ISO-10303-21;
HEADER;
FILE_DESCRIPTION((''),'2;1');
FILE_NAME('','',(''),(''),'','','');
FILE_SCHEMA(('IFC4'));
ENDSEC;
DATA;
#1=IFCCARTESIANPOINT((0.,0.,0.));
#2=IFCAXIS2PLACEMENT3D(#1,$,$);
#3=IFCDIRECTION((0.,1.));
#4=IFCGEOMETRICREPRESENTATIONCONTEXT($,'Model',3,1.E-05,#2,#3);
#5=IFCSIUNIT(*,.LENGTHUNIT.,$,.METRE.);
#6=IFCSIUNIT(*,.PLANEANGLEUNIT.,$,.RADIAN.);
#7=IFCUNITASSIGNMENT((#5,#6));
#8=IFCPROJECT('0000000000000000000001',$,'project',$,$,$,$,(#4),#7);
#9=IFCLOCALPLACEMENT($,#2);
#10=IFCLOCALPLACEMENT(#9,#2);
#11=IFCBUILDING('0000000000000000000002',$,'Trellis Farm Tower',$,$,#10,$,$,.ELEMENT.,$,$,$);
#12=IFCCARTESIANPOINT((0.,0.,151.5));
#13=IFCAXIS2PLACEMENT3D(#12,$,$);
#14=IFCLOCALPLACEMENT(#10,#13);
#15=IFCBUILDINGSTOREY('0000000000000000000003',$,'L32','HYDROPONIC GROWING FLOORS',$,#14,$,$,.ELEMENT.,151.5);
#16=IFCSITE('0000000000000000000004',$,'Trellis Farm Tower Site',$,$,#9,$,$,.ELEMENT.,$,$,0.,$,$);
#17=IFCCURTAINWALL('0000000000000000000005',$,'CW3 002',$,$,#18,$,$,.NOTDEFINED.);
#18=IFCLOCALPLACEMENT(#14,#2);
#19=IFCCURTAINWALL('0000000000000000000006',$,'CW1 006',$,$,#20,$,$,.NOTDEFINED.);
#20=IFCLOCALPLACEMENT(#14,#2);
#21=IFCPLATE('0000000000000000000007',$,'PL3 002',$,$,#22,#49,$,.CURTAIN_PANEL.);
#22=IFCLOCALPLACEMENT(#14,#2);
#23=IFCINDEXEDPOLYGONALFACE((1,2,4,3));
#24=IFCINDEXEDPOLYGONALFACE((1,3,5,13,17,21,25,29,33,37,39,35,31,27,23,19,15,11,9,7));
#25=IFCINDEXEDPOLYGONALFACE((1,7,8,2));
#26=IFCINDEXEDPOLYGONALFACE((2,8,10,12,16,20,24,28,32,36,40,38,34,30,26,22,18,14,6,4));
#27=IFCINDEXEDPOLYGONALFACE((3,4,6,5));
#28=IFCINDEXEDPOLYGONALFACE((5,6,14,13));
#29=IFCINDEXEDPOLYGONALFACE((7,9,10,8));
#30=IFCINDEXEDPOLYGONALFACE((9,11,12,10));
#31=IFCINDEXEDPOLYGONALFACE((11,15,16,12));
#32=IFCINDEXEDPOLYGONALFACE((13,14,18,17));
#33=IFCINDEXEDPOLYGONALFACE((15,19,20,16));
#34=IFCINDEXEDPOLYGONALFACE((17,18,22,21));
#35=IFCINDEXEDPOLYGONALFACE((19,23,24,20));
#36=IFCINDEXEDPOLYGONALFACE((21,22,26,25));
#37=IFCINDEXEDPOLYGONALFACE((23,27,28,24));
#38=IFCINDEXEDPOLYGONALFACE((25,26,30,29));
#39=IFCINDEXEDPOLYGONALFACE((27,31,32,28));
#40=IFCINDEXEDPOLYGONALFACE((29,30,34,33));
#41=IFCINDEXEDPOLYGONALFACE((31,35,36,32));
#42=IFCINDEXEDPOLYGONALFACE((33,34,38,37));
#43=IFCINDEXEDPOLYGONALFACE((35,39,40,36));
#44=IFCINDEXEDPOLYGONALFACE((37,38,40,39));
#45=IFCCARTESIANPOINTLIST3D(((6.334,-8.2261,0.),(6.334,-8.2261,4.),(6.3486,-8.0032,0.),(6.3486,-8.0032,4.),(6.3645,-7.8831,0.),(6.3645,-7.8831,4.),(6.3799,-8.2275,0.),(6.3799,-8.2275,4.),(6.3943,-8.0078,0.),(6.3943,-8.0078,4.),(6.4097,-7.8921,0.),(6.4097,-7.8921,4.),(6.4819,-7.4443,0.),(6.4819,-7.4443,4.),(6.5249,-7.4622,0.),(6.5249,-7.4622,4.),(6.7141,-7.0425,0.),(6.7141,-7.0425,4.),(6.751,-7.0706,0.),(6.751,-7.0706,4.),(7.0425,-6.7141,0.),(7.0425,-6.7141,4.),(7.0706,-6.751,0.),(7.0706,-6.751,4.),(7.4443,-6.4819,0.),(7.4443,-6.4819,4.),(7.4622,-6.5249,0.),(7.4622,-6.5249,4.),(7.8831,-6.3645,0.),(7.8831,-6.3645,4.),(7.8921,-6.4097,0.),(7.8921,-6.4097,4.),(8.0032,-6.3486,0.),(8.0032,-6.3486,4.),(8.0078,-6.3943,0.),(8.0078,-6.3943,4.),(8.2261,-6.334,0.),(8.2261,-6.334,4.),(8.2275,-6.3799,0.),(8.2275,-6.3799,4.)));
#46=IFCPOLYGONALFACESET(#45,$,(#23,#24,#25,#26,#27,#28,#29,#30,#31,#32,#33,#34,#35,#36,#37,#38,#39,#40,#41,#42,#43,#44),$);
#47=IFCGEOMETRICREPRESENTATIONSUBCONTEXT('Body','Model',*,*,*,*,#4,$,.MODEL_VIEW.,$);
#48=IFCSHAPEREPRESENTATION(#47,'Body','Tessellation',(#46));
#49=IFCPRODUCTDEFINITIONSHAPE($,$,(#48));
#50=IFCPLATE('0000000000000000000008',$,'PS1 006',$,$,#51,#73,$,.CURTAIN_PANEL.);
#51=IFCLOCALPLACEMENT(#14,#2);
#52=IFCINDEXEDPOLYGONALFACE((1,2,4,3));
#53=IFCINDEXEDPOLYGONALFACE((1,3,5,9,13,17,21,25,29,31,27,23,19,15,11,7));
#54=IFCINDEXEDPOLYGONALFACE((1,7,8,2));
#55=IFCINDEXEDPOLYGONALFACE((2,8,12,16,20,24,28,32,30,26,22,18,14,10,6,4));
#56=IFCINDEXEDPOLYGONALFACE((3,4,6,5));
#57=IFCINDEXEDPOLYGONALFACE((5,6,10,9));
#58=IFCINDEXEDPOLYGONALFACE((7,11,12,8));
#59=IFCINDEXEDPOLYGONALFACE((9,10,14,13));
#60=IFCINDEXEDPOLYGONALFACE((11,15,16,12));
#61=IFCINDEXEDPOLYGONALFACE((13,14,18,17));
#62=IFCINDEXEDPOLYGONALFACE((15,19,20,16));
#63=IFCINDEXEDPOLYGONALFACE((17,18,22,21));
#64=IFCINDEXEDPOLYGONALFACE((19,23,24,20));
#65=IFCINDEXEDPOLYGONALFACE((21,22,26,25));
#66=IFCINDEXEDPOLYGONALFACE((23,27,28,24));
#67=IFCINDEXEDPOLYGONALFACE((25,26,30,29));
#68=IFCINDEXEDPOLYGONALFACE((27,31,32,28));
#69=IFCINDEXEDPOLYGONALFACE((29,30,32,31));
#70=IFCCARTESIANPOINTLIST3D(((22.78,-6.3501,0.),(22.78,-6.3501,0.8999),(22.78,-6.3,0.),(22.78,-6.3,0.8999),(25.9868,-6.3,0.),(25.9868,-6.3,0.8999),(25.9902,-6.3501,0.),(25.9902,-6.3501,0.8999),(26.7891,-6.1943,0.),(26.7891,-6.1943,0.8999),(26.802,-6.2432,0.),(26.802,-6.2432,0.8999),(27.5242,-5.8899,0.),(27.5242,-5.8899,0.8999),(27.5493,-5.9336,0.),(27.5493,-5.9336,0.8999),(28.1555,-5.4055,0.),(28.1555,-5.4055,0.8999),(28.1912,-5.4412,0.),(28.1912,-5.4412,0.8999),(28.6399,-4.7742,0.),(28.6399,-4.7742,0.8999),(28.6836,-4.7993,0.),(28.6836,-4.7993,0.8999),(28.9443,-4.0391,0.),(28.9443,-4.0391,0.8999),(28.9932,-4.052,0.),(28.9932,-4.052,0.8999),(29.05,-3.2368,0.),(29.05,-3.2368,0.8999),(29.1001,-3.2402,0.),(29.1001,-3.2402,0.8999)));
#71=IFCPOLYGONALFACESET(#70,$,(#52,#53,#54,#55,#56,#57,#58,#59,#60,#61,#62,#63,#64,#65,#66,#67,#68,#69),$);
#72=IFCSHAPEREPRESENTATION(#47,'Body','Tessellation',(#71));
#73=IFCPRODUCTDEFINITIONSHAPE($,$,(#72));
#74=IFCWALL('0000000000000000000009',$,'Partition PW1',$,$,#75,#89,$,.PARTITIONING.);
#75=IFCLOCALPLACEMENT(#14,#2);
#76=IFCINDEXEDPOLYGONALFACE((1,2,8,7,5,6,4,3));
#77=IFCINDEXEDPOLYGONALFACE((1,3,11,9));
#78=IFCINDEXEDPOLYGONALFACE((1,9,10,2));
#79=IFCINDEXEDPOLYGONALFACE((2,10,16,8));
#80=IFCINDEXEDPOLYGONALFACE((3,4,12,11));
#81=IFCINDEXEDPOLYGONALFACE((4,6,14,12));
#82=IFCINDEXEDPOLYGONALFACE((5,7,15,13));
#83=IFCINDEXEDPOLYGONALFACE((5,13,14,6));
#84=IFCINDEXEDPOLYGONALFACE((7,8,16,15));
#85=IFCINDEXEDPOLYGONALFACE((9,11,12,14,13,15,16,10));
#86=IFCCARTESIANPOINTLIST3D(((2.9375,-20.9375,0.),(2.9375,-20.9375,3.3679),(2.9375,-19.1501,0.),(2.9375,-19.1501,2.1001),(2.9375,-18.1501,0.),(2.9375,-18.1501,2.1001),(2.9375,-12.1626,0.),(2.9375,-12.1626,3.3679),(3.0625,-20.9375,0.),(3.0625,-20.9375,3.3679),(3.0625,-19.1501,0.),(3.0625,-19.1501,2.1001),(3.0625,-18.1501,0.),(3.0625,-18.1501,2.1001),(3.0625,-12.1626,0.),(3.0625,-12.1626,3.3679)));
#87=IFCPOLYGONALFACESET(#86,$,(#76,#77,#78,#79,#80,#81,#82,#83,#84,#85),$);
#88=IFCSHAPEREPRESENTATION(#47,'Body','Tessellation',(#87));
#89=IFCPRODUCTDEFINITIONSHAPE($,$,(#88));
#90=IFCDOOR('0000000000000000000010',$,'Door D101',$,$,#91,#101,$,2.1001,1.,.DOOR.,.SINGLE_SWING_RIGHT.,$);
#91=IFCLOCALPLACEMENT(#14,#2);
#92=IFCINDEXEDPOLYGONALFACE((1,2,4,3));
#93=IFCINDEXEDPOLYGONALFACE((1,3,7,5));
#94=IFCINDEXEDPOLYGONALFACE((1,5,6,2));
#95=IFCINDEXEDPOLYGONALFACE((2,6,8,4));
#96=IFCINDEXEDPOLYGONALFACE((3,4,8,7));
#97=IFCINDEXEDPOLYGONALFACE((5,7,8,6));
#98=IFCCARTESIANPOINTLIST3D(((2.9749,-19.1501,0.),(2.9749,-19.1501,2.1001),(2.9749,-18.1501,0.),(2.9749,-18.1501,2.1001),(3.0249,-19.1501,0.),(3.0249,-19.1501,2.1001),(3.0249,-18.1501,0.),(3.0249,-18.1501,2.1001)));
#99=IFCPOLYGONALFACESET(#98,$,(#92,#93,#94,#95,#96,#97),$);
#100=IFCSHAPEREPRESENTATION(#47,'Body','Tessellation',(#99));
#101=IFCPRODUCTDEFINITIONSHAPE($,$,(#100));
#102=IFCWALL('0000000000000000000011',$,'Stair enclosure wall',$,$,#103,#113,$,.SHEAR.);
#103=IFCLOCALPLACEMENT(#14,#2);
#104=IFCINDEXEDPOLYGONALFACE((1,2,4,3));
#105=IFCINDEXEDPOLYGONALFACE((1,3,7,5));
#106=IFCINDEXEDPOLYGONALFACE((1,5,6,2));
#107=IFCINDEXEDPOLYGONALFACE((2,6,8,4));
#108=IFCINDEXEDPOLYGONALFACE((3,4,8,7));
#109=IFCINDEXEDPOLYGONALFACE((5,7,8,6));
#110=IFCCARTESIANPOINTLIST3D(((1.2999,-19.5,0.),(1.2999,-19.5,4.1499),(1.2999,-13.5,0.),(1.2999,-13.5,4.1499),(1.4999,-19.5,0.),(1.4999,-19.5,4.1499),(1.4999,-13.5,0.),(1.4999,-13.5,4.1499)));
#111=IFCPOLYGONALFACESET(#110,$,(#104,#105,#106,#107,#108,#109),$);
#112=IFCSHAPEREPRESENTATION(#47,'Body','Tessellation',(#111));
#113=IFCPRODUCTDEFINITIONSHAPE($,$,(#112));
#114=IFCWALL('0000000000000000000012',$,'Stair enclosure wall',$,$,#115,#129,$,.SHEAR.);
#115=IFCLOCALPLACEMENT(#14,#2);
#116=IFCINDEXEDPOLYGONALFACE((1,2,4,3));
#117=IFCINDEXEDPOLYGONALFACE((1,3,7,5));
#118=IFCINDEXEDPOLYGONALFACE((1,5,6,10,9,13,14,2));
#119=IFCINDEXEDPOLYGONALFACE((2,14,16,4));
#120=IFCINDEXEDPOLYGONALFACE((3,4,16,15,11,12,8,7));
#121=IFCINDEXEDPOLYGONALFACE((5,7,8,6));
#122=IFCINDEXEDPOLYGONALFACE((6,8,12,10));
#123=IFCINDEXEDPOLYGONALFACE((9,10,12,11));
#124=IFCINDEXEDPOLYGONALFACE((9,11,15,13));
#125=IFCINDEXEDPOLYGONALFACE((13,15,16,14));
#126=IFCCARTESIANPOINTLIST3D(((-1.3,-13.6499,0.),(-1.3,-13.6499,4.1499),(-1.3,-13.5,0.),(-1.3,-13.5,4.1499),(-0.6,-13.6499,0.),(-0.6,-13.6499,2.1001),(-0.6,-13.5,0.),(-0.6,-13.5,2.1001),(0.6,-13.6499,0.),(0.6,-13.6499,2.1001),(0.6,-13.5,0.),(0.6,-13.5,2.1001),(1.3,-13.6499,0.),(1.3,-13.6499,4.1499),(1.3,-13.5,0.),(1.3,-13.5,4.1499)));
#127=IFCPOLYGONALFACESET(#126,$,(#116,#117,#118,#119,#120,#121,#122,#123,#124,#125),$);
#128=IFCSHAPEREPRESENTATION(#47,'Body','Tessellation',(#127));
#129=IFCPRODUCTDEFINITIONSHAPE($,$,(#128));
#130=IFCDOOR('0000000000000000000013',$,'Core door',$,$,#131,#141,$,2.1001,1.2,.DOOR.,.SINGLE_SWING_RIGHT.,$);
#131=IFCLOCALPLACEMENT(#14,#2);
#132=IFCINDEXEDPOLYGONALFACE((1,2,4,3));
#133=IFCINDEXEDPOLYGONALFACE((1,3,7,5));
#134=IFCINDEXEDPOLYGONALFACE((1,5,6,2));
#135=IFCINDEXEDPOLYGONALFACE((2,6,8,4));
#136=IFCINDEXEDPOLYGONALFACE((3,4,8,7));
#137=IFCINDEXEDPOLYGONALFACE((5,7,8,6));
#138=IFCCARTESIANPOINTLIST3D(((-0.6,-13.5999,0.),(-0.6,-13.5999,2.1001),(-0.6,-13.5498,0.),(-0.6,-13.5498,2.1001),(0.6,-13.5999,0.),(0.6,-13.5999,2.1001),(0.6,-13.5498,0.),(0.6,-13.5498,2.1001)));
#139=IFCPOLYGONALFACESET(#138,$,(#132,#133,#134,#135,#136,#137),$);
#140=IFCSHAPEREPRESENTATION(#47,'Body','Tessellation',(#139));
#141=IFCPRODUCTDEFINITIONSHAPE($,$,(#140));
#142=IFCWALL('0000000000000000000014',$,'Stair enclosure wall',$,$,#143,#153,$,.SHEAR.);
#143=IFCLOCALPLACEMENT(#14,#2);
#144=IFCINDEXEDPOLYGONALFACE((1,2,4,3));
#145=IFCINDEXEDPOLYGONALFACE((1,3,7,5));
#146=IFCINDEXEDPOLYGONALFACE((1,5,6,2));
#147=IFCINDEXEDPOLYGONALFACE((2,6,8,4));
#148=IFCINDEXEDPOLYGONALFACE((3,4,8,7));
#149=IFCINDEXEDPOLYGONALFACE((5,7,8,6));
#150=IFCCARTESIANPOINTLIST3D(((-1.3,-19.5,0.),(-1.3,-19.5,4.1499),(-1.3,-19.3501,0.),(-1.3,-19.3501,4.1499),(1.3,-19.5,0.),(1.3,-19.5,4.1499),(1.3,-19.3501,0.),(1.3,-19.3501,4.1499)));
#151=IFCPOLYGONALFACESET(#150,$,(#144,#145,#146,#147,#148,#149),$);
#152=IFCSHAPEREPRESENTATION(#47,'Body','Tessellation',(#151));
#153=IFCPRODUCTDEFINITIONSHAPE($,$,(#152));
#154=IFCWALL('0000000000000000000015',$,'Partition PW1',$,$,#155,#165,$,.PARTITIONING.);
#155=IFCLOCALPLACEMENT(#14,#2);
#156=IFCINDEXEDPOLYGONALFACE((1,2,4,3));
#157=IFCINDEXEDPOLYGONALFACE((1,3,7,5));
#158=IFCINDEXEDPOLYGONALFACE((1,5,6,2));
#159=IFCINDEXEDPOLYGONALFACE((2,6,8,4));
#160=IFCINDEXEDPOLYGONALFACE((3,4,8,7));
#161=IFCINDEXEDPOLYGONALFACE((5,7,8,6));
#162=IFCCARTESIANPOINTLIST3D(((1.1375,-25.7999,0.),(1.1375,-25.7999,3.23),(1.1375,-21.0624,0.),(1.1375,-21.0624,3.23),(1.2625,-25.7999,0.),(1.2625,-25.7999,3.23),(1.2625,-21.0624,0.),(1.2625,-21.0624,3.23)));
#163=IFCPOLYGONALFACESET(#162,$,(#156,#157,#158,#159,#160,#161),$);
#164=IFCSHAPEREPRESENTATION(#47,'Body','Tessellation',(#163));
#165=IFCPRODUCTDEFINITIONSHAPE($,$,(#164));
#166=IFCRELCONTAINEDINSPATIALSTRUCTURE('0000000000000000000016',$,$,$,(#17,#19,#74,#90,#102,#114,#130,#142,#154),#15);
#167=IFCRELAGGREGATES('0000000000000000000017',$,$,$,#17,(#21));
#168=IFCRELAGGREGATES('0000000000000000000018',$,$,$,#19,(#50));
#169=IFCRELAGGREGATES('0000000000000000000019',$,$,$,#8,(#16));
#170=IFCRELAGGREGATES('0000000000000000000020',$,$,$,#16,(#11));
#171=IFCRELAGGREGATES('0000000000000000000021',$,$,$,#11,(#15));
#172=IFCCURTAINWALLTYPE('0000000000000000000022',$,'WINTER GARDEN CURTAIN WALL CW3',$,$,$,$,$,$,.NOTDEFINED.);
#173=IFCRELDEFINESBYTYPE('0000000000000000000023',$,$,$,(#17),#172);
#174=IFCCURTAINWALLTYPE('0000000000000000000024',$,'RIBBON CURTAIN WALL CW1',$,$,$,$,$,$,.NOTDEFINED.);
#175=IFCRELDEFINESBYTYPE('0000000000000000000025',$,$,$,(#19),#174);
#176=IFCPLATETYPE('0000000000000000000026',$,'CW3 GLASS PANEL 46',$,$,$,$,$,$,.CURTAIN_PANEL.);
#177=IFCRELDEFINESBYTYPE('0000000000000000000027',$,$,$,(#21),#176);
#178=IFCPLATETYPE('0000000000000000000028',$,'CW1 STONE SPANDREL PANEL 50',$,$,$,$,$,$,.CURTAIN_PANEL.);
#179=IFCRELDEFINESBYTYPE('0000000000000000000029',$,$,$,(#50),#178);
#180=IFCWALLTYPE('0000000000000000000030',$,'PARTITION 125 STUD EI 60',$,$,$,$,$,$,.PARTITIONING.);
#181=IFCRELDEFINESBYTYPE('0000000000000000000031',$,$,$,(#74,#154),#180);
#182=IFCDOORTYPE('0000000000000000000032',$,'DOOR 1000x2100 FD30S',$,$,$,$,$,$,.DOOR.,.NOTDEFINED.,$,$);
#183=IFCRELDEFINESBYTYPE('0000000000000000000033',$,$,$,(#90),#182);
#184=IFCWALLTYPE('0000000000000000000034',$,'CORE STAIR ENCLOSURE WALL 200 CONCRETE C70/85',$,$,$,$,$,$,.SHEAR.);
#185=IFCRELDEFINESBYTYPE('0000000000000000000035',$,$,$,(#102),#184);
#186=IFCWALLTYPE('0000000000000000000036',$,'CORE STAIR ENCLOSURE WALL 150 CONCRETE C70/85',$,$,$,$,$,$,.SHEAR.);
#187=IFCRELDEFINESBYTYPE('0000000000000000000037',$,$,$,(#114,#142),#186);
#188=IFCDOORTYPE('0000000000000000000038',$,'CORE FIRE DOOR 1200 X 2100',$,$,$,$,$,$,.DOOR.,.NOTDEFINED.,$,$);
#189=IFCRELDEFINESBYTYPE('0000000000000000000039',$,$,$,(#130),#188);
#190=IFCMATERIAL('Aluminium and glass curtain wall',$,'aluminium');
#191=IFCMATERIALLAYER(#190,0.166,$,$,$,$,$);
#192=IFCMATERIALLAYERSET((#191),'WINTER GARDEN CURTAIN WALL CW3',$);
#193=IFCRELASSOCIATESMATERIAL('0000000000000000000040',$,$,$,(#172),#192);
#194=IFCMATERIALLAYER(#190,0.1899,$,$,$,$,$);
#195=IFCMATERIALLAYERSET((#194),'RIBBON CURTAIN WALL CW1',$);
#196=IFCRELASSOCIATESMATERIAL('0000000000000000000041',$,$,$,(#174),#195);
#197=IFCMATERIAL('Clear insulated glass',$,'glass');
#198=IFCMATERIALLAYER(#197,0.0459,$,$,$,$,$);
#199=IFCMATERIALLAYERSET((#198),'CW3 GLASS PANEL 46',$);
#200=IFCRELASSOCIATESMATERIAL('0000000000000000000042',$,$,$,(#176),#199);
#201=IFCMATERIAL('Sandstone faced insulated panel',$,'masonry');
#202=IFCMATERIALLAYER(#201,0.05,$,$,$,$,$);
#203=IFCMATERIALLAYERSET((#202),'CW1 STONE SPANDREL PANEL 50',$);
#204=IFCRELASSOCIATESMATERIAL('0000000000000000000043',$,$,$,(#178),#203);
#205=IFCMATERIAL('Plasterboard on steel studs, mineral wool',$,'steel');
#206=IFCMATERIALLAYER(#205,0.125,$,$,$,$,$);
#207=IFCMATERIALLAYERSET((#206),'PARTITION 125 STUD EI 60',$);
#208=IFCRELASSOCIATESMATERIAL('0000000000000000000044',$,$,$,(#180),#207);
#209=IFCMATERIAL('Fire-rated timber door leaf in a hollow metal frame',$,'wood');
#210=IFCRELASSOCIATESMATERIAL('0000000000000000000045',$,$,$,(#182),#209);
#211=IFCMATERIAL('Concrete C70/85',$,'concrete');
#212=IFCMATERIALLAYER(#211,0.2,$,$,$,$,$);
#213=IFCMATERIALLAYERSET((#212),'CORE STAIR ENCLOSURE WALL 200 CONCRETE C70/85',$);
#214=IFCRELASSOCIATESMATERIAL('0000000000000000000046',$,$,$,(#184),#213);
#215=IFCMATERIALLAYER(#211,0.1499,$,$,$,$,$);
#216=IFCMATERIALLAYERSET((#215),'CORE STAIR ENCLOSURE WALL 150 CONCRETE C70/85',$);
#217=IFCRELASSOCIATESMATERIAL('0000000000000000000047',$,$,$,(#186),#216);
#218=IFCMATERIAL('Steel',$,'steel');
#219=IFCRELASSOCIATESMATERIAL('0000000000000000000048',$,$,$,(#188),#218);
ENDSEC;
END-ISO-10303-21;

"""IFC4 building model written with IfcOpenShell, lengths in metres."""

from ifc_helpers import new_model, si_unit, direction, frame, frame_2d, origin, place, context, subcontext, project, spatial, polyline, rectangle, outline, extrude, source, transform, mapped, material, layer, layer_set, type_object, element, fill, aggregate, save


model = new_model("IFC4")

# Units and contexts
model_context = context("Model", 3, precision=1e-05, world=origin(), true_north=direction((0.0, 1.0)))
body_context = subcontext(model_context, "Body", "Model", "MODEL_VIEW")
ifc_project = project(units=[si_unit("LENGTHUNIT", "METRE"), si_unit("PLANEANGLEUNIT", "RADIAN")], contexts=[model_context])

# Site, building, storey
site_placement = place(None, origin())
site = spatial("IfcSite", under=ifc_project, at=site_placement, Name="Trellis Farm Tower Site", CompositionType="ELEMENT", RefElevation=0.0)
building_placement = place(site_placement, origin())
building = spatial("IfcBuilding", under=site, at=building_placement, Name="Trellis Farm Tower", CompositionType="ELEMENT")
storey_placement = place(building_placement, frame((0.0, 0.0, 151.5)))
storey = spatial("IfcBuildingStorey", under=building, at=storey_placement, Name="L32", Description="HYDROPONIC GROWING FLOORS", CompositionType="ELEMENT", Elevation=151.5)

# Curtain wall
ifc_material_1 = material(Name="Aluminium and glass curtain wall", Category="aluminium")
ifc_layer_1 = layer(ifc_material_1, 0.166)
ifc_layer_set_1 = layer_set([ifc_layer_1], Name="WINTER GARDEN CURTAIN WALL CW3")
curtain_wall_type_1 = type_object("IfcCurtainWallType", Name="WINTER GARDEN CURTAIN WALL CW3", PredefinedType="NOTDEFINED", material=ifc_layer_set_1)
placement_1 = place(storey_placement, origin())
curtain_wall_1 = element("IfcCurtainWall", 1, at=placement_1, inside=storey, type_object=curtain_wall_type_1, Name="CW3 002", PredefinedType="NOTDEFINED")
ifc_layer_2 = layer(ifc_material_1, 0.1899)
ifc_layer_set_2 = layer_set([ifc_layer_2], Name="RIBBON CURTAIN WALL CW1")
curtain_wall_type_2 = type_object("IfcCurtainWallType", Name="RIBBON CURTAIN WALL CW1", PredefinedType="NOTDEFINED", material=ifc_layer_set_2)

# Curtain wall
curtain_wall_2 = element("IfcCurtainWall", 2, at=placement_1, inside=storey, type_object=curtain_wall_type_2, Name="CW1 006", PredefinedType="NOTDEFINED")
ifc_material_2 = material(Name="Clear insulated glass", Category="glass")

# Plates
ifc_layer_3 = layer(ifc_material_2, 0.0459)
ifc_layer_set_3 = layer_set([ifc_layer_3], Name="CW3 GLASS PANEL 46")
plate_type_1 = type_object("IfcPlateType", Name="CW3 GLASS PANEL 46", PredefinedType="CURTAIN_PANEL", material=ifc_layer_set_3)
plate_1 = element("IfcPlate", 3, at=placement_1, type_object=plate_type_1, Name="PL3 002", PredefinedType="CURTAIN_PANEL", context=body_context, shape_type="SweptSolid", body=[
    extrude(outline(polyline([(6.3799, -8.2275), (6.3943, -8.0078), (6.4097, -7.8921), (6.5249, -7.4622), (6.751, -7.0706), (7.0706, -6.751), (7.4622, -6.5249), (7.8921, -6.4097), (8.0078, -6.3943), (8.2275, -6.3799), (8.2261, -6.334), (8.0032, -6.3486), (7.8831, -6.3645), (7.4443, -6.4819), (7.0425, -6.7141), (6.7141, -7.0425), (6.4819, -7.4443), (6.3645, -7.8831), (6.3486, -8.0032), (6.334, -8.2261), (6.3799, -8.2275)])), origin(), (0.0, 0.0, 1.0), 4.0),
])
aggregate(curtain_wall_1, [plate_1])
ifc_material_3 = material(Name="Sandstone faced insulated panel", Category="masonry")
ifc_layer_4 = layer(ifc_material_3, 0.05)
ifc_layer_set_4 = layer_set([ifc_layer_4], Name="CW1 STONE SPANDREL PANEL 50")
plate_type_2 = type_object("IfcPlateType", Name="CW1 STONE SPANDREL PANEL 50", PredefinedType="CURTAIN_PANEL", material=ifc_layer_set_4)
shared_shape_1 = source(origin(), body_context, "Body", "SweptSolid", [
    extrude(outline(polyline([(22.78, -6.3501), (25.9902, -6.3501), (26.802, -6.2432), (27.5493, -5.9336), (28.1912, -5.4412), (28.6836, -4.7993), (28.9932, -4.052), (29.1001, -3.2402), (29.05, -3.2368), (28.9443, -4.0391), (28.6399, -4.7742), (28.1555, -5.4055), (27.5242, -5.8899), (26.7891, -6.1943), (25.9868, -6.3), (22.78, -6.3), (22.78, -6.3501)])), origin(), (0.0, 0.0, 1.0), 0.8999),
])
plate_2 = element("IfcPlate", 4, at=placement_1, type_object=plate_type_2, Name="PS1 006", PredefinedType="CURTAIN_PANEL", context=body_context, shape_type="MappedRepresentation", body=[
    mapped(shared_shape_1, transform((0.0, 0.0, 0.0))),
])
aggregate(curtain_wall_2, [plate_2])

# Wall, opening, door
ifc_material_4 = material(Name="Plasterboard on steel studs, mineral wool", Category="steel")
ifc_layer_5 = layer(ifc_material_4, 0.125)
ifc_layer_set_5 = layer_set([ifc_layer_5], Name="PARTITION 125 STUD EI 60")
wall_type_1 = type_object("IfcWallType", Name="PARTITION 125 STUD EI 60", PredefinedType="PARTITIONING", material=ifc_layer_set_5)
wall_1_placement = place(storey_placement, frame((3.0, -12.1626, 0.0), z_axis=(0.0, 0.0, 1.0), x_axis=(0.0, -1.0, 0.0)))
wall_1 = element("IfcWall", 5, at=wall_1_placement, inside=storey, type_object=wall_type_1, Name="Partition PW1", PredefinedType="PARTITIONING", context=body_context, shape_type="SweptSolid", body=[
    extrude(rectangle(XDim=8.7749, YDim=0.125, at=frame_2d((4.3875, 0.0))), origin(), (0.0, 0.0, 1.0), 3.3679),
])
shared_shape_2 = source(origin(), body_context, "Body", "SweptSolid", [
    extrude(rectangle(XDim=1.0, YDim=2.1001, at=frame_2d((0.5, 1.05))), frame((0.0, 0.0725, 0.0), z_axis=(0.0, -1.0, 0.0), x_axis=(1.0, 0.0, 0.0)), (0.0, 0.0, 1.0), 0.145),
])
opening_1_placement = place(wall_1_placement, frame((5.9875, 0.0, 0.0)))
opening_1 = element("IfcOpeningElement", 6, at=opening_1_placement, cuts=wall_1, PredefinedType="OPENING", context=body_context, shape_type="MappedRepresentation", body=[
    mapped(shared_shape_2, transform((0.0, 0.0, 0.0))),
])
ifc_material_5 = material(Name="Fire-rated timber door leaf in a hollow metal frame", Category="wood")
door_type_1 = type_object("IfcDoorType", Name="DOOR 1000x2100 FD30S", OperationType="NOTDEFINED", PredefinedType="DOOR", material=ifc_material_5)
shared_shape_3 = source(origin(), body_context, "Body", "SweptSolid", [
    extrude(rectangle(XDim=1.0, YDim=2.1001, at=frame_2d((0.5, 1.05))), frame((0.0, 0.0249, 0.0), z_axis=(0.0, -1.0, 0.0), x_axis=(1.0, 0.0, 0.0)), (0.0, 0.0, 1.0), 0.05),
])
door_1_placement = place(opening_1_placement, origin())
door_1 = element("IfcDoor", 7, at=door_1_placement, inside=storey, type_object=door_type_1, Name="Door D101", OperationType="SINGLE_SWING_RIGHT", OverallHeight=2.1001, OverallWidth=1.0, PredefinedType="DOOR", context=body_context, shape_type="MappedRepresentation", body=[
    mapped(shared_shape_3, transform((0.0, 0.0, 0.0))),
])
fill(opening_1, door_1)

# Wall
ifc_material_6 = material(Name="Concrete C70/85", Category="concrete")
ifc_layer_6 = layer(ifc_material_6, 0.2)
ifc_layer_set_6 = layer_set([ifc_layer_6], Name="CORE STAIR ENCLOSURE WALL 200 CONCRETE C70/85")
wall_type_2 = type_object("IfcWallType", Name="CORE STAIR ENCLOSURE WALL 200 CONCRETE C70/85", PredefinedType="SHEAR", material=ifc_layer_set_6)
shared_shape_4 = source(origin(), body_context, "Body", "SweptSolid", [
    extrude(rectangle(XDim=6.0, YDim=0.2, at=frame_2d((3.0, 0.0))), origin(), (0.0, 0.0, 1.0), 4.1499),
])
wall_2_placement = place(storey_placement, frame((1.3999, -13.5, 0.0), z_axis=(0.0, 0.0, 1.0), x_axis=(0.0, -1.0, 0.0)))
element("IfcWall", 8, at=wall_2_placement, inside=storey, type_object=wall_type_2, Name="Stair enclosure wall", PredefinedType="SHEAR", context=body_context, shape_type="MappedRepresentation", body=[
    mapped(shared_shape_4, transform((0.0, 0.0, 0.0))),
])

# Wall, opening, door
ifc_layer_7 = layer(ifc_material_6, 0.1499)
ifc_layer_set_7 = layer_set([ifc_layer_7], Name="CORE STAIR ENCLOSURE WALL 150 CONCRETE C70/85")
wall_type_3 = type_object("IfcWallType", Name="CORE STAIR ENCLOSURE WALL 150 CONCRETE C70/85", PredefinedType="SHEAR", material=ifc_layer_set_7)
shared_shape_5 = source(origin(), body_context, "Body", "SweptSolid", [
    extrude(rectangle(XDim=2.6001, YDim=0.1499, at=frame_2d((1.3, 0.0))), origin(), (0.0, 0.0, 1.0), 4.1499),
])
wall_3_placement = place(storey_placement, frame((1.3, -13.575, 0.0), z_axis=(0.0, 0.0, 1.0), x_axis=(-1.0, 0.0, 0.0)))
wall_3 = element("IfcWall", 9, at=wall_3_placement, inside=storey, type_object=wall_type_3, Name="Stair enclosure wall", PredefinedType="SHEAR", context=body_context, shape_type="MappedRepresentation", body=[
    mapped(shared_shape_5, transform((0.0, 0.0, 0.0))),
])
shared_shape_6 = source(origin(), body_context, "Body", "SweptSolid", [
    extrude(rectangle(XDim=1.2, YDim=2.1001, at=frame_2d((0.6001, 1.05))), frame((0.0, 0.085, 0.0), z_axis=(0.0, -1.0, 0.0), x_axis=(1.0, 0.0, 0.0)), (0.0, 0.0, 1.0), 0.1699),
])
opening_2_placement = place(wall_3_placement, frame((0.7, 0.0, 0.0)))
opening_2 = element("IfcOpeningElement", 10, at=opening_2_placement, cuts=wall_3, PredefinedType="OPENING", context=body_context, shape_type="MappedRepresentation", body=[
    mapped(shared_shape_6, transform((0.0, 0.0, 0.0))),
])
ifc_material_7 = material(Name="Steel", Category="steel")
door_type_2 = type_object("IfcDoorType", Name="CORE FIRE DOOR 1200 X 2100", OperationType="NOTDEFINED", PredefinedType="DOOR", material=ifc_material_7)
shared_shape_7 = source(origin(), body_context, "Body", "SweptSolid", [
    extrude(rectangle(XDim=1.2, YDim=2.1001, at=frame_2d((0.6001, 1.05))), frame((0.0, 0.0249, 0.0), z_axis=(0.0, -1.0, 0.0), x_axis=(1.0, 0.0, 0.0)), (0.0, 0.0, 1.0), 0.05),
])
door_2_placement = place(opening_2_placement, origin())
door_2 = element("IfcDoor", 11, at=door_2_placement, inside=storey, type_object=door_type_2, Name="Core door", OperationType="SINGLE_SWING_RIGHT", OverallHeight=2.1001, OverallWidth=1.2, PredefinedType="DOOR", context=body_context, shape_type="MappedRepresentation", body=[
    mapped(shared_shape_7, transform((0.0, 0.0, 0.0))),
])
fill(opening_2, door_2)

# Walls
wall_4_placement = place(storey_placement, frame((1.3, -19.425, 0.0), z_axis=(0.0, 0.0, 1.0), x_axis=(-1.0, 0.0, 0.0)))
element("IfcWall", 12, at=wall_4_placement, inside=storey, type_object=wall_type_3, Name="Stair enclosure wall", PredefinedType="SHEAR", context=body_context, shape_type="MappedRepresentation", body=[
    mapped(shared_shape_5, transform((0.0, 0.0, 0.0))),
])
shared_shape_8 = source(origin(), body_context, "Body", "SweptSolid", [
    extrude(rectangle(XDim=4.7375, YDim=0.125, at=frame_2d((2.3687, 0.0))), origin(), (0.0, 0.0, 1.0), 3.23),
])
wall_5_placement = place(storey_placement, frame((1.2, -21.0625, 0.0), z_axis=(0.0, 0.0, 1.0), x_axis=(0.0, -1.0, 0.0)))
element("IfcWall", 13, at=wall_5_placement, inside=storey, type_object=wall_type_1, Name="Partition PW1", PredefinedType="PARTITIONING", context=body_context, shape_type="MappedRepresentation", body=[
    mapped(shared_shape_8, transform((0.0, 0.0, 0.0))),
])

save(model, "model.ifc")
